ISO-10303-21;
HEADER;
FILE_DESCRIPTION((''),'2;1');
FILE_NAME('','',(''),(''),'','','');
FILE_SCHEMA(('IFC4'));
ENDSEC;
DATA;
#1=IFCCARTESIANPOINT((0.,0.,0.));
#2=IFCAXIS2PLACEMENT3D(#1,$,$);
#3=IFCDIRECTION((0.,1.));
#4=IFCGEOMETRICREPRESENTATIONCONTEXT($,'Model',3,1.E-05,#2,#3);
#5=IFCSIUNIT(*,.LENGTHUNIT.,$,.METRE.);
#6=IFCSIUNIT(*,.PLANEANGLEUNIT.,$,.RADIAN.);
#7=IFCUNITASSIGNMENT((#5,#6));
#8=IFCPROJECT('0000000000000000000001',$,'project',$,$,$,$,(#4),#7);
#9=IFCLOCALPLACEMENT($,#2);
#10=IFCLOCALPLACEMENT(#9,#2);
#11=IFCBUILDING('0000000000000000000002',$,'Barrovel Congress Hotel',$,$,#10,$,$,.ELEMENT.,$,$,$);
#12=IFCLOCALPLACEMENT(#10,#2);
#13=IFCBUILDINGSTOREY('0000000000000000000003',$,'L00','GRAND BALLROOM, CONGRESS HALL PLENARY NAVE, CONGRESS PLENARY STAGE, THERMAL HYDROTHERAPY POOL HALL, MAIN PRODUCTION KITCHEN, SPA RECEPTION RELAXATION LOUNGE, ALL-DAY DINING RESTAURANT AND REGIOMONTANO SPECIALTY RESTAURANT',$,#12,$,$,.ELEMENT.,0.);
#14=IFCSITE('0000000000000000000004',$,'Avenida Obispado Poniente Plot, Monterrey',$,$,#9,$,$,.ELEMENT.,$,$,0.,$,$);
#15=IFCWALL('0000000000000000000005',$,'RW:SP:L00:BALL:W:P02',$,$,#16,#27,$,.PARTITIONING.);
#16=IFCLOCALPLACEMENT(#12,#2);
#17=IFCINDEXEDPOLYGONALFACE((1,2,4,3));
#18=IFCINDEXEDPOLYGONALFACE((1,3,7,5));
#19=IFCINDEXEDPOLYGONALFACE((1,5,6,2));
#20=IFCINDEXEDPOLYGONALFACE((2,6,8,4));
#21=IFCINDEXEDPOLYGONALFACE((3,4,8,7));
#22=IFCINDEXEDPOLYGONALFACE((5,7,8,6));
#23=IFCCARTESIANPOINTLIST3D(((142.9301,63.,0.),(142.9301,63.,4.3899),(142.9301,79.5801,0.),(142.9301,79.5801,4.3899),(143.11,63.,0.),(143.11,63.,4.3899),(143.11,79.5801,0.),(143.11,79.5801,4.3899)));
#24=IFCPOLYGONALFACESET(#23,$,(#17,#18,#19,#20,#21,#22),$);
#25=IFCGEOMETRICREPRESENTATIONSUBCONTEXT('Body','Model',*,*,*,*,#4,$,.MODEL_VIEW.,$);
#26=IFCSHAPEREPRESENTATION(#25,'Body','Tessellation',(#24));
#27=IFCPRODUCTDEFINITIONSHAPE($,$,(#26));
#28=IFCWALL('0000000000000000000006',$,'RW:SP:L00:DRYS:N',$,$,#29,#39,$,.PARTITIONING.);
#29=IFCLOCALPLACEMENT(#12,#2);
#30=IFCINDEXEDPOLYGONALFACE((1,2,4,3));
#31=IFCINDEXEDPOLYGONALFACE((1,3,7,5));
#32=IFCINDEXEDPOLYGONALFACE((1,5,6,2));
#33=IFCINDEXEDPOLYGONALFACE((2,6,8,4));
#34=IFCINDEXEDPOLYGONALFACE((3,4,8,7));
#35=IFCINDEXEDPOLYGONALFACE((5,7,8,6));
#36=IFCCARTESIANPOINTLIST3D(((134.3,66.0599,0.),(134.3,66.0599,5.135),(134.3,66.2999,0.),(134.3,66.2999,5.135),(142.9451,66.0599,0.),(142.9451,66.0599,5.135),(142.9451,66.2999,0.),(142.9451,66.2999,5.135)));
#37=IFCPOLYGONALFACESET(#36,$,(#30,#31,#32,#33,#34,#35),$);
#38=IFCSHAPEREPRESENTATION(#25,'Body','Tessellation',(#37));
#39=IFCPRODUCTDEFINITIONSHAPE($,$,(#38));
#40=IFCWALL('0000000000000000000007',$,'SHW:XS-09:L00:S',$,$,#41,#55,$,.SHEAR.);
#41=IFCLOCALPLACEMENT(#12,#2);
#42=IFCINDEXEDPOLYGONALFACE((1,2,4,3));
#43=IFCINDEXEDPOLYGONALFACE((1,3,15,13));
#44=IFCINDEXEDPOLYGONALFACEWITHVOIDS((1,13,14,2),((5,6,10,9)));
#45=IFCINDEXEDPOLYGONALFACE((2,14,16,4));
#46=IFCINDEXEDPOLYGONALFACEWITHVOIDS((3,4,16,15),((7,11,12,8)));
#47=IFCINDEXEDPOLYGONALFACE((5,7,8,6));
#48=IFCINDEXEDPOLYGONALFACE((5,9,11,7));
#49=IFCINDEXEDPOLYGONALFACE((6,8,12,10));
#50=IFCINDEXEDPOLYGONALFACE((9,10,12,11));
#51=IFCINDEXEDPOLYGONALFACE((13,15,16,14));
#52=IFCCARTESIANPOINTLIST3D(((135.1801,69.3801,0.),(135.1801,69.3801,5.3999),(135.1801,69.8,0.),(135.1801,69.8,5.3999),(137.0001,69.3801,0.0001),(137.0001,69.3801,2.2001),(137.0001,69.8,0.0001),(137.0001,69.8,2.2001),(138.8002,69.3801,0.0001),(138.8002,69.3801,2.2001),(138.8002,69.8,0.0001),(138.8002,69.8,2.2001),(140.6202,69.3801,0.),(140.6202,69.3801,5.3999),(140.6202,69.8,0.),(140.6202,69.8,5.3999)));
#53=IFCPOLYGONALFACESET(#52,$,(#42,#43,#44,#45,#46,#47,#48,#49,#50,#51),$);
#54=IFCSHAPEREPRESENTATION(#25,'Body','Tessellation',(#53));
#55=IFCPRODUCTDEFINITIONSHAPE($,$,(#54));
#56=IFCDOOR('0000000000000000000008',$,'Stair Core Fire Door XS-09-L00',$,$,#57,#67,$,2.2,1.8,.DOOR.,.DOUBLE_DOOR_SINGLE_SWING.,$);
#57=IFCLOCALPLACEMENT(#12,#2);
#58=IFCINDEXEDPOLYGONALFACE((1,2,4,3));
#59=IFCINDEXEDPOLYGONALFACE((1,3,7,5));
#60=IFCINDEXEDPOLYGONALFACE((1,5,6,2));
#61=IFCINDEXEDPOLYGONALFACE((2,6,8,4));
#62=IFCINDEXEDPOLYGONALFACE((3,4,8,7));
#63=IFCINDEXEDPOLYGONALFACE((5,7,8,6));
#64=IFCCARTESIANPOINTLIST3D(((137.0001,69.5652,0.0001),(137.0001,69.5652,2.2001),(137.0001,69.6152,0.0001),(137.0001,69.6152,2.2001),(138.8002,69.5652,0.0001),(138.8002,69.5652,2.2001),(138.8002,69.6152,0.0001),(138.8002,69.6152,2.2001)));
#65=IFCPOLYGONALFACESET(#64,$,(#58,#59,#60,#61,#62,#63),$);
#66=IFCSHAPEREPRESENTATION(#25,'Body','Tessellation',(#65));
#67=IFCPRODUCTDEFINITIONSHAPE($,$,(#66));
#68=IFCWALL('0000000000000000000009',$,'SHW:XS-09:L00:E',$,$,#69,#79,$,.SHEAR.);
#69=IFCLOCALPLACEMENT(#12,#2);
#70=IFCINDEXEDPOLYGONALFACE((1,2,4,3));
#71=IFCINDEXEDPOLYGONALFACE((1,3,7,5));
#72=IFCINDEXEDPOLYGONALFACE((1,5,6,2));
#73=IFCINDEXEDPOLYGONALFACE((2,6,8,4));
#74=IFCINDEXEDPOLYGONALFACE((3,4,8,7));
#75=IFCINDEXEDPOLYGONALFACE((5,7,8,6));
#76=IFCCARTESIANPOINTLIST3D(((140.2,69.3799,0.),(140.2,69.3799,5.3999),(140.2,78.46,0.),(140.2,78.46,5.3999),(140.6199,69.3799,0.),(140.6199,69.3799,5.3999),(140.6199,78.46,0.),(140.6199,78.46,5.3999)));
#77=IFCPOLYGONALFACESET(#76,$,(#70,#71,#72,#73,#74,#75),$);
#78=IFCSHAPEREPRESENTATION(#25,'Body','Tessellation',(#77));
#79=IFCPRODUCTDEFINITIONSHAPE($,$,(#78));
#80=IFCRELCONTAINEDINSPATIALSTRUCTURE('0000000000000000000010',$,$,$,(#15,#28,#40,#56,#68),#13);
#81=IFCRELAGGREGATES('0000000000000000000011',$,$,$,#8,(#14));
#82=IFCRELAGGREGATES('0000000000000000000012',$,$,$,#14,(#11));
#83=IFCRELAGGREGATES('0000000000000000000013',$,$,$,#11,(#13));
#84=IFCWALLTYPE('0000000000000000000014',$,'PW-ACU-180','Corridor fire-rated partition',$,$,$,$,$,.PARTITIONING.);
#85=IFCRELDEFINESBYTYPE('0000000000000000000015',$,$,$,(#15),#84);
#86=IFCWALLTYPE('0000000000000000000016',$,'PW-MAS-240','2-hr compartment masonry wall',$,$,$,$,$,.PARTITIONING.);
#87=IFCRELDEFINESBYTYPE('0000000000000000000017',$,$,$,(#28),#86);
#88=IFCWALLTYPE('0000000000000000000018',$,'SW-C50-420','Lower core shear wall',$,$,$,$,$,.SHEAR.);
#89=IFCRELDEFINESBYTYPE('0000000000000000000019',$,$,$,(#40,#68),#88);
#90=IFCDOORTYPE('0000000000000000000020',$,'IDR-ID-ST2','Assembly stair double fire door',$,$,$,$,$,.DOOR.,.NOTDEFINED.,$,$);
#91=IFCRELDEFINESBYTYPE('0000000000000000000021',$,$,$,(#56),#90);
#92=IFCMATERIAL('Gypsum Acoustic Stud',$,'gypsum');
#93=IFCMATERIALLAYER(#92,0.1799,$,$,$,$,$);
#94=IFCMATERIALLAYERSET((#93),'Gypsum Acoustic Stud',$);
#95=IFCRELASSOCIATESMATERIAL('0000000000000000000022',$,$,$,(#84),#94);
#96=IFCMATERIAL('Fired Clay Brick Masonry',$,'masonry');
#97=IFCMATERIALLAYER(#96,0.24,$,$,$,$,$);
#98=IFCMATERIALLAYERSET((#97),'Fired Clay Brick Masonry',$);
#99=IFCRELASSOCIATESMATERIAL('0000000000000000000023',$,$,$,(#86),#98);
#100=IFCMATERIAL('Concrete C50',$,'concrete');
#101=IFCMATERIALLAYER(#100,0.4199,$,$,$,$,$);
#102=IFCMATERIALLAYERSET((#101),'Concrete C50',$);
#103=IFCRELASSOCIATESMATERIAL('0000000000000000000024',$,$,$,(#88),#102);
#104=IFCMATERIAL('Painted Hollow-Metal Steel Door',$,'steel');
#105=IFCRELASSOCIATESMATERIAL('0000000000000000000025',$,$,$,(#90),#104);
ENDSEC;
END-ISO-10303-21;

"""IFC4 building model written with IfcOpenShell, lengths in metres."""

from ifc_helpers import new_model, si_unit, direction, frame, frame_2d, origin, place, context, subcontext, project, spatial, rectangle, extrude, material, layer, layer_set, type_object, element, fill, save


model = new_model("IFC4")

# Units and contexts
model_context = context("Model", 3, precision=1e-05, world=origin(), true_north=direction((0.0, 1.0)))
body_context = subcontext(model_context, "Body", "Model", "MODEL_VIEW")
ifc_project = project(units=[si_unit("LENGTHUNIT", "METRE"), si_unit("PLANEANGLEUNIT", "RADIAN")], contexts=[model_context])

# Site, building, storey
site_placement = place(None, origin())
site = spatial("IfcSite", under=ifc_project, at=site_placement, Name="Avenida Obispado Poniente Plot, Monterrey", CompositionType="ELEMENT", RefElevation=0.0)
building_placement = place(site_placement, origin())
building = spatial("IfcBuilding", under=site, at=building_placement, Name="Barrovel Congress Hotel", CompositionType="ELEMENT")
storey_placement = place(building_placement, origin())
storey = spatial("IfcBuildingStorey", under=building, at=storey_placement, Name="L00", Description="GRAND BALLROOM, CONGRESS HALL PLENARY NAVE, CONGRESS PLENARY STAGE, THERMAL HYDROTHERAPY POOL HALL, MAIN PRODUCTION KITCHEN, SPA RECEPTION RELAXATION LOUNGE, ALL-DAY DINING RESTAURANT AND REGIOMONTANO SPECIALTY RESTAURANT", CompositionType="ELEMENT", Elevation=0.0)

# Walls
ifc_material_1 = material(Name="Gypsum Acoustic Stud", Category="gypsum")
ifc_layer_1 = layer(ifc_material_1, 0.1799)
ifc_layer_set_1 = layer_set([ifc_layer_1], Name="Gypsum Acoustic Stud")
wall_type_1 = type_object("IfcWallType", Name="PW-ACU-180", Description="Corridor fire-rated partition", PredefinedType="PARTITIONING", material=ifc_layer_set_1)
wall_1_placement = place(storey_placement, frame((143.02, 63.0, 0.0), z_axis=(0.0, 0.0, 1.0), x_axis=(0.0, 1.0, 0.0)))
element("IfcWall", 1, at=wall_1_placement, inside=storey, type_object=wall_type_1, Name="RW:SP:L00:BALL:W:P02", PredefinedType="PARTITIONING", context=body_context, shape_type="SweptSolid", body=[
    extrude(rectangle(XDim=16.5801, YDim=0.1799, at=frame_2d((8.29, 0.0))), origin(), (0.0, 0.0, 1.0), 4.3899),
])
ifc_material_2 = material(Name="Fired Clay Brick Masonry", Category="masonry")
ifc_layer_2 = layer(ifc_material_2, 0.24)
ifc_layer_set_2 = layer_set([ifc_layer_2], Name="Fired Clay Brick Masonry")
wall_type_2 = type_object("IfcWallType", Name="PW-MAS-240", Description="2-hr compartment masonry wall", PredefinedType="PARTITIONING", material=ifc_layer_set_2)
wall_2_placement = place(storey_placement, frame((134.3, 66.1799, 0.0), z_axis=(0.0, 0.0, 1.0), x_axis=(1.0, 0.0, 0.0)))
element("IfcWall", 2, at=wall_2_placement, inside=storey, type_object=wall_type_2, Name="RW:SP:L00:DRYS:N", PredefinedType="PARTITIONING", context=body_context, shape_type="SweptSolid", body=[
    extrude(rectangle(XDim=8.645, YDim=0.24, at=frame_2d((4.3225, 0.0))), origin(), (0.0, 0.0, 1.0), 5.135),
])

# Wall, opening, door
ifc_material_3 = material(Name="Concrete C50", Category="concrete")
ifc_layer_3 = layer(ifc_material_3, 0.4199)
ifc_layer_set_3 = layer_set([ifc_layer_3], Name="Concrete C50")
wall_type_3 = type_object("IfcWallType", Name="SW-C50-420", Description="Lower core shear wall", PredefinedType="SHEAR", material=ifc_layer_set_3)
wall_3_placement = place(storey_placement, frame((135.1799, 69.5901, 0.0), z_axis=(0.0, 0.0, 1.0), x_axis=(1.0, 0.0, 0.0)))
wall_3 = element("IfcWall", 3, at=wall_3_placement, inside=storey, type_object=wall_type_3, Name="SHW:XS-09:L00:S", PredefinedType="SHEAR", context=body_context, shape_type="SweptSolid", body=[
    extrude(rectangle(XDim=5.4402, YDim=0.4199, at=frame_2d((2.7202, 0.0))), origin(), (0.0, 0.0, 1.0), 5.3999),
])
opening_placement = place(wall_3_placement, frame((3.6201, 0.0, 0.0), z_axis=(0.0, 0.0, 1.0), x_axis=(-1.0, 0.0, 0.0)))
opening = element("IfcOpeningElement", 4, at=opening_placement, cuts=wall_3, PredefinedType="OPENING", context=body_context, shape_type="SweptSolid", body=[
    extrude(rectangle(XDim=1.8, YDim=2.2, at=frame_2d((0.8999, 1.1001))), frame((0.0, 0.22, 0.0), z_axis=(0.0, -1.0, 0.0), x_axis=(1.0, 0.0, 0.0)), (0.0, 0.0, 1.0), 0.4399),
])
ifc_material_4 = material(Name="Painted Hollow-Metal Steel Door", Category="steel")
door_type = type_object("IfcDoorType", Name="IDR-ID-ST2", Description="Assembly stair double fire door", OperationType="NOTDEFINED", PredefinedType="DOOR", material=ifc_material_4)
door_placement = place(opening_placement, origin())
door = element("IfcDoor", 5, at=door_placement, inside=storey, type_object=door_type, Name="Stair Core Fire Door XS-09-L00", OperationType="DOUBLE_DOOR_SINGLE_SWING", OverallHeight=2.2, OverallWidth=1.8, PredefinedType="DOOR", context=body_context, shape_type="SweptSolid", body=[
    extrude(rectangle(XDim=1.8, YDim=2.2, at=frame_2d((0.8999, 1.1001))), frame((0.0, 0.0249, 0.0), z_axis=(0.0, -1.0, 0.0), x_axis=(1.0, 0.0, 0.0)), (0.0, 0.0, 1.0), 0.05),
])
fill(opening, door)

# Wall
wall_4_placement = place(storey_placement, frame((140.4099, 69.3799, 0.0), z_axis=(0.0, 0.0, 1.0), x_axis=(0.0, 1.0, 0.0)))
element("IfcWall", 6, at=wall_4_placement, inside=storey, type_object=wall_type_3, Name="SHW:XS-09:L00:E", PredefinedType="SHEAR", context=body_context, shape_type="SweptSolid", body=[
    extrude(rectangle(XDim=9.0801, YDim=0.4199, at=frame_2d((4.54, 0.0))), origin(), (0.0, 0.0, 1.0), 5.3999),
])

save(model, "model.ifc")
